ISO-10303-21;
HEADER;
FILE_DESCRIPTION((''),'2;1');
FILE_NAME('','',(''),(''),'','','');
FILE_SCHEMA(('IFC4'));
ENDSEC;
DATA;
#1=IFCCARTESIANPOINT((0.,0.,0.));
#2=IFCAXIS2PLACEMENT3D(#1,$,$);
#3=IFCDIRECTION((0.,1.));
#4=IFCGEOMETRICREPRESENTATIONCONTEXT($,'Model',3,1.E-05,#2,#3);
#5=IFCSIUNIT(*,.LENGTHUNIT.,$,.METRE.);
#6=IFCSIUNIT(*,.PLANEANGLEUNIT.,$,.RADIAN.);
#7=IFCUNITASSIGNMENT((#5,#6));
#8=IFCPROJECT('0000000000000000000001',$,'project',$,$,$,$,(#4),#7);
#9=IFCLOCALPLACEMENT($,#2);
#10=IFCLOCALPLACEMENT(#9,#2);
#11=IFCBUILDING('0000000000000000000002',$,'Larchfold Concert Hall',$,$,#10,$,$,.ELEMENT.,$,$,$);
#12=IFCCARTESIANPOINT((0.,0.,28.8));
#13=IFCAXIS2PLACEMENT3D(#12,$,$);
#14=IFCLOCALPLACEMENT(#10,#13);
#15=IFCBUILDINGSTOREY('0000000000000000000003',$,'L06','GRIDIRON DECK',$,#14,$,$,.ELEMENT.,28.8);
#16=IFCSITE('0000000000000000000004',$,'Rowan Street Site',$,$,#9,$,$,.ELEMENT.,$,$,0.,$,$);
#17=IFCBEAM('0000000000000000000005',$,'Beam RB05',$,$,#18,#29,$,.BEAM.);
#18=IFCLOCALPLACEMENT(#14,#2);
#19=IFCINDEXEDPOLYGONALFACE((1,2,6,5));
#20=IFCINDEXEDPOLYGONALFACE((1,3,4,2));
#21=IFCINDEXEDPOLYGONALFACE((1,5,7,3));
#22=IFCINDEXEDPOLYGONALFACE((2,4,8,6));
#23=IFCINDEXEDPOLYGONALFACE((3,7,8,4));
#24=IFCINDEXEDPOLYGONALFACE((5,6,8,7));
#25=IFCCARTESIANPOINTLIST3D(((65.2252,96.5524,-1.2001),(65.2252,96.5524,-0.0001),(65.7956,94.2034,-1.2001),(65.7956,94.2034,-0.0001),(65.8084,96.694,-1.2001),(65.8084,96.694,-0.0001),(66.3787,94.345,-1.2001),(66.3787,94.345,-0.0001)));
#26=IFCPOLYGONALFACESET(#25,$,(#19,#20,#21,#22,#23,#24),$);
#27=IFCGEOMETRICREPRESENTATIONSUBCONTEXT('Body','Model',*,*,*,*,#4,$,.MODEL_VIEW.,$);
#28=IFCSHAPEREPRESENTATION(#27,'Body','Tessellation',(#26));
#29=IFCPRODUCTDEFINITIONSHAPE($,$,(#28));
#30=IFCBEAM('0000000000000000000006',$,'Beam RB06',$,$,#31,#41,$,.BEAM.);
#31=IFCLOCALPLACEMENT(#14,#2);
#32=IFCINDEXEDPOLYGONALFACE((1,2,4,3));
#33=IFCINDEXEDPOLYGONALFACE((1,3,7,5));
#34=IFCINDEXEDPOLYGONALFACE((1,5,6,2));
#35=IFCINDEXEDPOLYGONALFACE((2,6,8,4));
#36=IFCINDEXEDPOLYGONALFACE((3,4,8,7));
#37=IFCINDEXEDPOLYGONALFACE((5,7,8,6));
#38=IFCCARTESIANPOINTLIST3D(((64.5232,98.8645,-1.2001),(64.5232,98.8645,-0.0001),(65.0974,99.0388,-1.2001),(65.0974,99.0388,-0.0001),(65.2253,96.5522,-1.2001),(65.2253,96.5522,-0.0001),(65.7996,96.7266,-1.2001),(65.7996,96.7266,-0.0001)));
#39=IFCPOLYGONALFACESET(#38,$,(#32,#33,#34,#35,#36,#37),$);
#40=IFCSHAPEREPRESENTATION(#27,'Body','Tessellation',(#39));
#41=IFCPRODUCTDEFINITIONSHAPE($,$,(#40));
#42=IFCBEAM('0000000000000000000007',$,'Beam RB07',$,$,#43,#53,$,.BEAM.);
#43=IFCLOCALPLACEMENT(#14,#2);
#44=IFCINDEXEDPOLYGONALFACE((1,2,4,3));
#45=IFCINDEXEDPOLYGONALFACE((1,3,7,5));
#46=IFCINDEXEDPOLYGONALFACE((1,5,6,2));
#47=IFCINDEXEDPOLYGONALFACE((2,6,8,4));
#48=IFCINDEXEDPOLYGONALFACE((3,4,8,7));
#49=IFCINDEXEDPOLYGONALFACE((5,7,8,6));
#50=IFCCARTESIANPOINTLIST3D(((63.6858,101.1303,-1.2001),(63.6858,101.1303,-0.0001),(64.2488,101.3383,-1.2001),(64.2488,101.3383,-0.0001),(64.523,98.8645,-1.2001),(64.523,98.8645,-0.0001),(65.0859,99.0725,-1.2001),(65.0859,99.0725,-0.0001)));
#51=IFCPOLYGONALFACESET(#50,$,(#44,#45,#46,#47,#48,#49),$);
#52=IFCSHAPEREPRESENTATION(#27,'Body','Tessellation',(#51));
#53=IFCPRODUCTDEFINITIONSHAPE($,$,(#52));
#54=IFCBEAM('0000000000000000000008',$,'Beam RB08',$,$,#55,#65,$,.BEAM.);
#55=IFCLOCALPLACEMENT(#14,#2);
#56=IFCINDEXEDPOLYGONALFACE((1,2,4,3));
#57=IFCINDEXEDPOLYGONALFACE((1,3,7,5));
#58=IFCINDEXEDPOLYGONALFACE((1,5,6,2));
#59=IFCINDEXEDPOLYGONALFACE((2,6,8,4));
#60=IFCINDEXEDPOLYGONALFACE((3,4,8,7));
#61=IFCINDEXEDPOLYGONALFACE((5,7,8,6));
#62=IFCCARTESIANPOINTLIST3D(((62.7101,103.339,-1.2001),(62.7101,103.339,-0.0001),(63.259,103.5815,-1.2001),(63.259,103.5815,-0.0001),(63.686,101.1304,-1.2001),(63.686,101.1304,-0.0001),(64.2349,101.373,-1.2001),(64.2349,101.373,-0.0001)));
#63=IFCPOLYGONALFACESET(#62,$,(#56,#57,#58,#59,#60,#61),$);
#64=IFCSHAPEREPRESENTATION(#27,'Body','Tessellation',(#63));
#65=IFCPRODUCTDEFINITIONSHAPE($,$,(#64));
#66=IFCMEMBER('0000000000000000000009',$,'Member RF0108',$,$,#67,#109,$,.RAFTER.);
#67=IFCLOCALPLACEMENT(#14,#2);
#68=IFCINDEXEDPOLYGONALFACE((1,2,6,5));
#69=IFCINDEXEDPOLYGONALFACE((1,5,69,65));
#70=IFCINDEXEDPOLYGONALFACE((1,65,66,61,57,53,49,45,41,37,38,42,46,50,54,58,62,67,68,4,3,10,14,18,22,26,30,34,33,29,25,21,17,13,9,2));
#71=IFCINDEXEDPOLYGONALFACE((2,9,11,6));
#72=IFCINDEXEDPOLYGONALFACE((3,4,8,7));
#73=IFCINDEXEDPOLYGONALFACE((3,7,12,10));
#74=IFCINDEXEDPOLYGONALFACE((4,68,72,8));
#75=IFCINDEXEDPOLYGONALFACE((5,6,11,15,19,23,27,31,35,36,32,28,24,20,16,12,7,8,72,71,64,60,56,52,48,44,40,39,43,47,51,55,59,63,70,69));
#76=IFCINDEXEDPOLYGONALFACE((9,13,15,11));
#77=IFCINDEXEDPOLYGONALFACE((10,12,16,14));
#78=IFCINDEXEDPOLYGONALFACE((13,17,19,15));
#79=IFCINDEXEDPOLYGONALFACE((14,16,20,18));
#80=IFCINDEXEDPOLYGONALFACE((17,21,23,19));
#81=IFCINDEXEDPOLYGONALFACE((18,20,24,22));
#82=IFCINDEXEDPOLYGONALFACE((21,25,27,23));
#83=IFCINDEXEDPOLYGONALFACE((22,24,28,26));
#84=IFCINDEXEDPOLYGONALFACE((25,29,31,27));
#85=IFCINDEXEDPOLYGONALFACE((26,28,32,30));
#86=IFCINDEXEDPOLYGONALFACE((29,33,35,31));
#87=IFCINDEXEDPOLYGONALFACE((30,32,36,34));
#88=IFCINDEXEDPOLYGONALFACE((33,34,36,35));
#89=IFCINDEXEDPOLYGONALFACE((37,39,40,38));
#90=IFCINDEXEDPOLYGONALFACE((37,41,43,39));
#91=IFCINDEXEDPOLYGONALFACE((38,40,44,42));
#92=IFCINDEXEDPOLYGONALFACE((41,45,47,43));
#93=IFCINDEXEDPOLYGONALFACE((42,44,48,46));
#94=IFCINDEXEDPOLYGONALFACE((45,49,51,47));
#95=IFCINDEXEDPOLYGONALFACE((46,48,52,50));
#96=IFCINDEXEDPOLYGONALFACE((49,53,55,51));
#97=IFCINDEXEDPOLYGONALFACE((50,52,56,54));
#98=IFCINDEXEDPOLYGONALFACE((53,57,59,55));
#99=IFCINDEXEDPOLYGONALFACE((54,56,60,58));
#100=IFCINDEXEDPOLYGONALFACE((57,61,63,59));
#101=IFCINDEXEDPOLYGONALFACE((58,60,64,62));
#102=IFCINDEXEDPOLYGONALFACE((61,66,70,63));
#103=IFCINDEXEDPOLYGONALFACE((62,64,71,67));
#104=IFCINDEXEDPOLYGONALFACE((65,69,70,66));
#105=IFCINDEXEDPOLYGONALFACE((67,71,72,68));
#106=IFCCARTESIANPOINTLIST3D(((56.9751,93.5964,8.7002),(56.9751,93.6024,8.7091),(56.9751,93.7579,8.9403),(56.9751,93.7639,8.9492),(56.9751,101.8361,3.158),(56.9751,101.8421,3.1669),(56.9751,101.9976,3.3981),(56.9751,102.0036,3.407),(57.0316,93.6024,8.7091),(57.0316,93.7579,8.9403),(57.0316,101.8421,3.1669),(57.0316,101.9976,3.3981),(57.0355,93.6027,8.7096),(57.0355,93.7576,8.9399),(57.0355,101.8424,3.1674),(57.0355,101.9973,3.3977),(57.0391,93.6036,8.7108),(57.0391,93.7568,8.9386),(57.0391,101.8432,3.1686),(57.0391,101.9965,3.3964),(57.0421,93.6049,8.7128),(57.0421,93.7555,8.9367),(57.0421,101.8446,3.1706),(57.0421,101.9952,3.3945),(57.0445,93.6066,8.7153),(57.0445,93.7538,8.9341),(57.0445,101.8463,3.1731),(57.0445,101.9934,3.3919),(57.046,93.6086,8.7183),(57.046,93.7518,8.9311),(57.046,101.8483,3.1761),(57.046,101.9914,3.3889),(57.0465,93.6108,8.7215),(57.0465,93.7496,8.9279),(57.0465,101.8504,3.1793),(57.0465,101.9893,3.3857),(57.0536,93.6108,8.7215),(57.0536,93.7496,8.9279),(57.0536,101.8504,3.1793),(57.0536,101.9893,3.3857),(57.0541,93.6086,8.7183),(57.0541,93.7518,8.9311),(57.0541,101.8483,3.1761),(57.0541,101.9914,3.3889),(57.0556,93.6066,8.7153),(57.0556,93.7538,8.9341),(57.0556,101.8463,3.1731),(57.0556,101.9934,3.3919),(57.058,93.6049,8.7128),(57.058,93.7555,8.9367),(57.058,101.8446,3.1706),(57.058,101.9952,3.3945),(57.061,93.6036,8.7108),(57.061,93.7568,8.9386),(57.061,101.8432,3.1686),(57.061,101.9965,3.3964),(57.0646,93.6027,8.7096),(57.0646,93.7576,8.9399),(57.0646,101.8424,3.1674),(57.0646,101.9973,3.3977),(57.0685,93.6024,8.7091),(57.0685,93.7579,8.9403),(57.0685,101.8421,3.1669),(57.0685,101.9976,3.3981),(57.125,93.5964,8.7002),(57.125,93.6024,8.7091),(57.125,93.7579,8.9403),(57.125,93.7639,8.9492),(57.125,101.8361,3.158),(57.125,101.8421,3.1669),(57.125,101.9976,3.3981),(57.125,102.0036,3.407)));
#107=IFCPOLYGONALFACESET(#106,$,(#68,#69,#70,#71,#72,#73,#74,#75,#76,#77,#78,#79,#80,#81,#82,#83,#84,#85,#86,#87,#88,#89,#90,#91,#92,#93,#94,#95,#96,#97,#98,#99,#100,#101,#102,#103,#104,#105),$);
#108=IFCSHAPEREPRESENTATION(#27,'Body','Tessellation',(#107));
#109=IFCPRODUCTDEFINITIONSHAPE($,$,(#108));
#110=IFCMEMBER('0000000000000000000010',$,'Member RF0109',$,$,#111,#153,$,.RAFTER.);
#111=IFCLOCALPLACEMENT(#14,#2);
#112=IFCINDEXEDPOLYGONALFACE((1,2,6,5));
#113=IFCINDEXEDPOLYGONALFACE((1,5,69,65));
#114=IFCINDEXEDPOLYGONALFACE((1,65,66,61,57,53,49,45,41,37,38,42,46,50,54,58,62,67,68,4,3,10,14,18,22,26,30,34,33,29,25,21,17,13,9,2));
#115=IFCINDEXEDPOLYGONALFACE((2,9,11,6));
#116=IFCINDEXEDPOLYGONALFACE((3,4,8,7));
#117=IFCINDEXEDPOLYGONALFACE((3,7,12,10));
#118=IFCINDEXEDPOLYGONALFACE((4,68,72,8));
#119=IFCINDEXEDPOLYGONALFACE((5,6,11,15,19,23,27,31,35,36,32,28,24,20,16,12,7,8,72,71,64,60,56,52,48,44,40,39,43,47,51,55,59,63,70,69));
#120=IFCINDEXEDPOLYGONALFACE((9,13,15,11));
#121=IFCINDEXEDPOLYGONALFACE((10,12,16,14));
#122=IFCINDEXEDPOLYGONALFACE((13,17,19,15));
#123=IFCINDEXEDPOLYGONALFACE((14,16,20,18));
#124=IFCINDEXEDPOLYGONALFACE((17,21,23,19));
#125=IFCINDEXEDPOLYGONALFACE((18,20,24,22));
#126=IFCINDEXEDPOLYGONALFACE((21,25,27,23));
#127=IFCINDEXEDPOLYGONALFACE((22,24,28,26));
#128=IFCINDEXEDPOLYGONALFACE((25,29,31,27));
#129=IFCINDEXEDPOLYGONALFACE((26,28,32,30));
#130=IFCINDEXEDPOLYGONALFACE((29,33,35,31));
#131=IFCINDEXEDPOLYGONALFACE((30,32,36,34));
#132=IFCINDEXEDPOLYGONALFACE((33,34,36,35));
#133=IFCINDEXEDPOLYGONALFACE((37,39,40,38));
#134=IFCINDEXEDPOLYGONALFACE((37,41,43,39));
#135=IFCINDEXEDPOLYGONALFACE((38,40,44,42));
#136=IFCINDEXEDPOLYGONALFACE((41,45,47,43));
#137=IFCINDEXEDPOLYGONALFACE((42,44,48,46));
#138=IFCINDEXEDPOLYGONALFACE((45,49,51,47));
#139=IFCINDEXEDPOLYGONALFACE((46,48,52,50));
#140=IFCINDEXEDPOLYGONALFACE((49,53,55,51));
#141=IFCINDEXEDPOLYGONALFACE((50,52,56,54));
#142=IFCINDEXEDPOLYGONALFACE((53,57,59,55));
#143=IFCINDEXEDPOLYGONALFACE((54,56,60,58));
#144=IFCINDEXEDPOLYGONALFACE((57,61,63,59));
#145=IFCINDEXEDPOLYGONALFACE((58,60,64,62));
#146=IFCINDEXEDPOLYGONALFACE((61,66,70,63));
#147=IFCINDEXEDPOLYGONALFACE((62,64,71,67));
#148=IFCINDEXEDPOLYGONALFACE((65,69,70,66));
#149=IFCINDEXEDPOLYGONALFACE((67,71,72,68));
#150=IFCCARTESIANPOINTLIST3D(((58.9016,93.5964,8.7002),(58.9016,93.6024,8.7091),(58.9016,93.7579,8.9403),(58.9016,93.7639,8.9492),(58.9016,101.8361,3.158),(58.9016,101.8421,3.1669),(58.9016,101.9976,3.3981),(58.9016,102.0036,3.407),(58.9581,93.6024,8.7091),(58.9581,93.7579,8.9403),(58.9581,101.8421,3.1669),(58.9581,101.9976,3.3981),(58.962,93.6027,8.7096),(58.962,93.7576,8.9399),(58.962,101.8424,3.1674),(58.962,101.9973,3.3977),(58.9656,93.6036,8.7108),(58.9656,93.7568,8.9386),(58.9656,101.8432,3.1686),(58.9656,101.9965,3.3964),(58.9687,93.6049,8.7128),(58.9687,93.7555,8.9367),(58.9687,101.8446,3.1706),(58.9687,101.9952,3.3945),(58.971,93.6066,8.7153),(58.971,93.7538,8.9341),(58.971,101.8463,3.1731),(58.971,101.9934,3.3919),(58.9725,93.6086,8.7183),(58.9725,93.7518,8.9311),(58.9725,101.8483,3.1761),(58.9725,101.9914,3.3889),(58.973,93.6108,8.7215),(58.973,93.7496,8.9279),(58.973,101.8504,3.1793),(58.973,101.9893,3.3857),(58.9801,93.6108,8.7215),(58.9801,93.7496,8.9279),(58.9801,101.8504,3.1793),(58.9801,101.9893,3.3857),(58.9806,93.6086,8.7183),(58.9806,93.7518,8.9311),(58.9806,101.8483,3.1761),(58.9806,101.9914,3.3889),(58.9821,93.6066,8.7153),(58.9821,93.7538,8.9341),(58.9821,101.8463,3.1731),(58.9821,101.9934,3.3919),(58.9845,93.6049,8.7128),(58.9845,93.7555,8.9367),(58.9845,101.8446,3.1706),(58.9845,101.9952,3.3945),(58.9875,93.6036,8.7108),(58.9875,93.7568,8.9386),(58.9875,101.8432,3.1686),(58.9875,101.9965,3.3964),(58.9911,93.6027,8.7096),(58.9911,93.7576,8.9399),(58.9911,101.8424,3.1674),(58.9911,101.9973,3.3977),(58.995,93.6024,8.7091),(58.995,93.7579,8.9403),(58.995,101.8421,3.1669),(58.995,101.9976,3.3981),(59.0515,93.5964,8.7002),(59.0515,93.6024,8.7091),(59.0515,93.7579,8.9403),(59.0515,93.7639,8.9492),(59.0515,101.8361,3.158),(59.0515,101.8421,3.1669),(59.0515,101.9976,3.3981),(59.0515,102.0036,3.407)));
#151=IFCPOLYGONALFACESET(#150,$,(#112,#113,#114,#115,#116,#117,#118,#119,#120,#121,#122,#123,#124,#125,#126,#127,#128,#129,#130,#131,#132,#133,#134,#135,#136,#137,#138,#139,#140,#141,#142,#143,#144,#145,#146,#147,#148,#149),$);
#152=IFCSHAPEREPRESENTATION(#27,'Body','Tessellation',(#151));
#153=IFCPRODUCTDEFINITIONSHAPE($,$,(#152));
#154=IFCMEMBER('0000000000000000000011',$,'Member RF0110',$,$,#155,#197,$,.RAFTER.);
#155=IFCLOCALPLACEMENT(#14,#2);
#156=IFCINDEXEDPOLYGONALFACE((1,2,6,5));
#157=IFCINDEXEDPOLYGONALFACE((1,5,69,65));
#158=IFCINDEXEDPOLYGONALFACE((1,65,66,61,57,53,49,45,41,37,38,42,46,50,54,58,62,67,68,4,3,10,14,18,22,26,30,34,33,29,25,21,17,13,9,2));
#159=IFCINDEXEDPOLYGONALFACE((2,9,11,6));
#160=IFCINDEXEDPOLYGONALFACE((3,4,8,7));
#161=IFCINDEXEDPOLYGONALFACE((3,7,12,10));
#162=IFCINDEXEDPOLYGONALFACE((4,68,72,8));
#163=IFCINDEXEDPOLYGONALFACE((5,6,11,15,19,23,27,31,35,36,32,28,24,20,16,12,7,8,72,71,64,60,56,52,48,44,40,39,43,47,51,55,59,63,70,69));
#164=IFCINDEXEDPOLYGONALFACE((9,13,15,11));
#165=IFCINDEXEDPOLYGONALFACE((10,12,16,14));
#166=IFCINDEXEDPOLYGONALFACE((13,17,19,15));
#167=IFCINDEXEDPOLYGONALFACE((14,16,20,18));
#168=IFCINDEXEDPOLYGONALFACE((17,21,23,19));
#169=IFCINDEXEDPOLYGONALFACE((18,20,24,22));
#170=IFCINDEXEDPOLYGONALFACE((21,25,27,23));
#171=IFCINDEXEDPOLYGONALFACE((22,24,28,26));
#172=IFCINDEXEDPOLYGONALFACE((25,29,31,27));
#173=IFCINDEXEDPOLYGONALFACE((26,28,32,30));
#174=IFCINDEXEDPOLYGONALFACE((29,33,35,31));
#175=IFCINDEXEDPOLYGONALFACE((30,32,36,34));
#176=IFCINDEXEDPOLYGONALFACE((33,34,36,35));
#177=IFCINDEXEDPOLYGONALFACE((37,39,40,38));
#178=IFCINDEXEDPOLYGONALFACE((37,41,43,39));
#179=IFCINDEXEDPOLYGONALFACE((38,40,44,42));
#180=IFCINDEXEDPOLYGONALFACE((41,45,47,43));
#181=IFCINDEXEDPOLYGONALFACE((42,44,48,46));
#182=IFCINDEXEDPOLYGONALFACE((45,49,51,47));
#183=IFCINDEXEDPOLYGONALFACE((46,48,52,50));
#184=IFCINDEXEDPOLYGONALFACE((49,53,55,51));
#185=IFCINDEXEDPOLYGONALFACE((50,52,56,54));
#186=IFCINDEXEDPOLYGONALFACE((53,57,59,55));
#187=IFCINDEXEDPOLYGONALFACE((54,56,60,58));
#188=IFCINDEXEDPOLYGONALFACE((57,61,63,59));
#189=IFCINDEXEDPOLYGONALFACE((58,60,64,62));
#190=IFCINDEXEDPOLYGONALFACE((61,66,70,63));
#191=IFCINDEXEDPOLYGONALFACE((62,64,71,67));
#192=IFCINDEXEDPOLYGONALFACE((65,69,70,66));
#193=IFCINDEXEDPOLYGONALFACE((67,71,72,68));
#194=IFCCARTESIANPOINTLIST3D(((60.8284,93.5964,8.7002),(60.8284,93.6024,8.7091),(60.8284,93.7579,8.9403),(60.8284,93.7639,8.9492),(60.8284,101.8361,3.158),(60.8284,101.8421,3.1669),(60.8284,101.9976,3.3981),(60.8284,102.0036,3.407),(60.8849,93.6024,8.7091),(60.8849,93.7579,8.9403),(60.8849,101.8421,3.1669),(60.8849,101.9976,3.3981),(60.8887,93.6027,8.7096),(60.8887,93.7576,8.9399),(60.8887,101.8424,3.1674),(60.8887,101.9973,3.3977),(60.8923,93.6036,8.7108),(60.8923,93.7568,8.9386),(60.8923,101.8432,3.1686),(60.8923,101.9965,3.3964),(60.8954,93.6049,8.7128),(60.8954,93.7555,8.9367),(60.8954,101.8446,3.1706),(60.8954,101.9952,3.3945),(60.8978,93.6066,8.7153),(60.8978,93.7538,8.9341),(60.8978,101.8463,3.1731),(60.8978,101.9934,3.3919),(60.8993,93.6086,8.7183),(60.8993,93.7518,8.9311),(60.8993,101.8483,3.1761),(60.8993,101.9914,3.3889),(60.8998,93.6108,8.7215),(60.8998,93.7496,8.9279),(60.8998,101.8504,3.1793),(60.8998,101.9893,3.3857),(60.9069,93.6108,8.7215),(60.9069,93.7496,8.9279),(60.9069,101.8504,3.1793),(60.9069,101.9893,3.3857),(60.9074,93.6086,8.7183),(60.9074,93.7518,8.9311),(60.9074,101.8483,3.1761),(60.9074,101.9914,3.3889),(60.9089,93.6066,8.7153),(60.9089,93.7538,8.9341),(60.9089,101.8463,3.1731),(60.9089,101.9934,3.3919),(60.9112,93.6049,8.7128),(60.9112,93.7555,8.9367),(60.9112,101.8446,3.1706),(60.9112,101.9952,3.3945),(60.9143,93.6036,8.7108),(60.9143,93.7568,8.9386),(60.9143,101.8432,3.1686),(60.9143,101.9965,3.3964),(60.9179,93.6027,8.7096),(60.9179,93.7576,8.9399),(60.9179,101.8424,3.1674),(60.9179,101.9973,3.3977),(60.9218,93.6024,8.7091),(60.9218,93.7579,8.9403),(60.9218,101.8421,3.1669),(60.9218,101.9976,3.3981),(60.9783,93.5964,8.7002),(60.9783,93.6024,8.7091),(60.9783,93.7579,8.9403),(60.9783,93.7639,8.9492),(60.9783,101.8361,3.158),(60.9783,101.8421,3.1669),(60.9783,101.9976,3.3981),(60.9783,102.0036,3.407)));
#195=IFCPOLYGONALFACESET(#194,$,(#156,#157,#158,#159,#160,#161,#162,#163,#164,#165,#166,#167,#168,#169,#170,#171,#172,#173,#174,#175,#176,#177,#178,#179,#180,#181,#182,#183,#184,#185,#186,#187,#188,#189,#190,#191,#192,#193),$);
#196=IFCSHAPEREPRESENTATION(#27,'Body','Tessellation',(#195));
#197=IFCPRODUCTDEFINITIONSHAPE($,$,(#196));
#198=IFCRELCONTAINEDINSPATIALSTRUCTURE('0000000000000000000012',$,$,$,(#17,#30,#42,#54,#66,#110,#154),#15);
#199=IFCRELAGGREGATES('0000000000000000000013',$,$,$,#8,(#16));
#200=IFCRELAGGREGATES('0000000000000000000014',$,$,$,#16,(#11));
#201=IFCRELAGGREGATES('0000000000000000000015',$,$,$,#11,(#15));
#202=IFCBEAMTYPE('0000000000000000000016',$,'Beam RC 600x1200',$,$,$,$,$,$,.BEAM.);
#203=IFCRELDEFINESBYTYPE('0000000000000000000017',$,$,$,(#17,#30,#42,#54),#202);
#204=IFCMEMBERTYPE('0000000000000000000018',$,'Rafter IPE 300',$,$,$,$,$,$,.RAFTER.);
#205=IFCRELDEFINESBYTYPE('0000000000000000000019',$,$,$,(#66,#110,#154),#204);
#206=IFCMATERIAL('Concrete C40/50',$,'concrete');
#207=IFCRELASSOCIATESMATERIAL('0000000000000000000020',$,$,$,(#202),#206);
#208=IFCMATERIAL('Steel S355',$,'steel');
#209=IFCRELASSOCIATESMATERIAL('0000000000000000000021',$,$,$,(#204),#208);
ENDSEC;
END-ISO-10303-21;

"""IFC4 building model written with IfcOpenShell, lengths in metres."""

from ifc_helpers import new_model, si_unit, direction, frame, origin, origin_2d, place, context, subcontext, project, spatial, rectangle, i_section, extrude, material, material_profile, profile_set, type_object, element, save


model = new_model("IFC4")

# Units and contexts
model_context = context("Model", 3, precision=1e-05, world=origin(), true_north=direction((0.0, 1.0)))
body_context = subcontext(model_context, "Body", "Model", "MODEL_VIEW")
ifc_project = project(units=[si_unit("LENGTHUNIT", "METRE"), si_unit("PLANEANGLEUNIT", "RADIAN")], contexts=[model_context])

# Site, building, storey
site_placement = place(None, origin())
site = spatial("IfcSite", under=ifc_project, at=site_placement, Name="Rowan Street Site", CompositionType="ELEMENT", RefElevation=0.0)
building_placement = place(site_placement, origin())
building = spatial("IfcBuilding", under=site, at=building_placement, Name="Larchfold Concert Hall", CompositionType="ELEMENT")
storey_placement = place(building_placement, frame((0.0, 0.0, 28.8)))
storey = spatial("IfcBuildingStorey", under=building, at=storey_placement, Name="L06", Description="GRIDIRON DECK", CompositionType="ELEMENT", Elevation=28.8)

# Beams
ifc_material_1 = material(Name="Concrete C40/50", Category="concrete")
ifc_material_profile_1 = material_profile(ifc_material_1, rectangle(XDim=0.6001, YDim=1.2, at=origin_2d()))
ifc_profile_set_1 = profile_set([ifc_material_profile_1], Name="Concrete C40/50")
beam_type_1 = type_object("IfcBeamType", Name="Beam RC 600x1200", PredefinedType="BEAM", material=ifc_profile_set_1)
beam_1_placement = place(storey_placement, frame((66.0872, 94.2742, -0.6001), z_axis=(-0.235947, 0.971766, 0.0), x_axis=(-0.971766, -0.235947, 0.0)))
element("IfcBeam", 1, at=beam_1_placement, inside=storey, type_object=beam_type_1, Name="Beam RB05", PredefinedType="BEAM", context=body_context, shape_type="SweptSolid", body=[
    extrude(rectangle(XDim=0.6001, YDim=1.2, at=origin_2d()), origin(), (0.0, 0.0, 1.0), 2.4172),
])
beam_2_placement = place(storey_placement, frame((65.5125, 96.6394, -0.6001), z_axis=(-0.290563, 0.956856, 0.0), x_axis=(-0.956856, -0.290563, 0.0)))
element("IfcBeam", 2, at=beam_2_placement, inside=storey, type_object=beam_type_1, Name="Beam RB06", PredefinedType="BEAM", context=body_context, shape_type="SweptSolid", body=[
    extrude(rectangle(XDim=0.6001, YDim=1.2, at=origin_2d()), origin(), (0.0, 0.0, 1.0), 2.4165),
])
beam_3_placement = place(storey_placement, frame((64.8044, 98.9685, -0.6001), z_axis=(-0.346567, 0.938025, 0.0), x_axis=(-0.938025, -0.346567, 0.0)))
element("IfcBeam", 3, at=beam_3_placement, inside=storey, type_object=beam_type_1, Name="Beam RB07", PredefinedType="BEAM", context=body_context, shape_type="SweptSolid", body=[
    extrude(rectangle(XDim=0.6001, YDim=1.2, at=origin_2d()), origin(), (0.0, 0.0, 1.0), 2.4155),
])
beam_4_placement = place(storey_placement, frame((63.9604, 101.2517, -0.6001), z_axis=(-0.404158, 0.914689, 0.0), x_axis=(-0.914689, -0.404158, 0.0)))
element("IfcBeam", 4, at=beam_4_placement, inside=storey, type_object=beam_type_1, Name="Beam RB08", PredefinedType="BEAM", context=body_context, shape_type="SweptSolid", body=[
    extrude(rectangle(XDim=0.6001, YDim=1.2, at=origin_2d()), origin(), (0.0, 0.0, 1.0), 2.4146),
])

# Members
ifc_material_2 = material(Name="Steel S355", Category="steel")
ifc_material_profile_2 = material_profile(ifc_material_2, i_section(OverallWidth=0.1499, OverallDepth=0.3, WebThickness=0.0071, FlangeThickness=0.0107, FilletRadius=0.0149, at=origin_2d()))
ifc_profile_set_2 = profile_set([ifc_material_profile_2], Name="Steel S355")
member_type_1 = type_object("IfcMemberType", Name="Rafter IPE 300", PredefinedType="RAFTER", material=ifc_profile_set_2)
for number, where, z_axis, x_axis, name in (
    (5, (57.05, 93.6802, 8.8247), (0.0, 0.829762, -0.558117), (-1.0, 0.0, 0.0), "Member RF0108"),
    (6, (58.9766, 93.6802, 8.8247), (0.0, 0.829762, -0.558117), (-1.0, 0.0, 0.0), "Member RF0109"),
    (7, (60.9033, 93.6802, 8.8247), (0.0, 0.829762, -0.558117), (-1.0, 0.0, 0.0), "Member RF0110"),
):
    element("IfcMember", number, at=place(storey_placement, frame(where, z_axis=z_axis, x_axis=x_axis)), inside=storey, type_object=member_type_1, Name=name, PredefinedType="RAFTER", context=body_context, shape_type="SweptSolid", body=[
        extrude(i_section(OverallWidth=0.1499, OverallDepth=0.3, WebThickness=0.0071, FlangeThickness=0.0107, FilletRadius=0.0149, at=origin_2d()), origin(), (0.0, 0.0, 1.0), 9.9302),
    ])

save(model, "model.ifc")
